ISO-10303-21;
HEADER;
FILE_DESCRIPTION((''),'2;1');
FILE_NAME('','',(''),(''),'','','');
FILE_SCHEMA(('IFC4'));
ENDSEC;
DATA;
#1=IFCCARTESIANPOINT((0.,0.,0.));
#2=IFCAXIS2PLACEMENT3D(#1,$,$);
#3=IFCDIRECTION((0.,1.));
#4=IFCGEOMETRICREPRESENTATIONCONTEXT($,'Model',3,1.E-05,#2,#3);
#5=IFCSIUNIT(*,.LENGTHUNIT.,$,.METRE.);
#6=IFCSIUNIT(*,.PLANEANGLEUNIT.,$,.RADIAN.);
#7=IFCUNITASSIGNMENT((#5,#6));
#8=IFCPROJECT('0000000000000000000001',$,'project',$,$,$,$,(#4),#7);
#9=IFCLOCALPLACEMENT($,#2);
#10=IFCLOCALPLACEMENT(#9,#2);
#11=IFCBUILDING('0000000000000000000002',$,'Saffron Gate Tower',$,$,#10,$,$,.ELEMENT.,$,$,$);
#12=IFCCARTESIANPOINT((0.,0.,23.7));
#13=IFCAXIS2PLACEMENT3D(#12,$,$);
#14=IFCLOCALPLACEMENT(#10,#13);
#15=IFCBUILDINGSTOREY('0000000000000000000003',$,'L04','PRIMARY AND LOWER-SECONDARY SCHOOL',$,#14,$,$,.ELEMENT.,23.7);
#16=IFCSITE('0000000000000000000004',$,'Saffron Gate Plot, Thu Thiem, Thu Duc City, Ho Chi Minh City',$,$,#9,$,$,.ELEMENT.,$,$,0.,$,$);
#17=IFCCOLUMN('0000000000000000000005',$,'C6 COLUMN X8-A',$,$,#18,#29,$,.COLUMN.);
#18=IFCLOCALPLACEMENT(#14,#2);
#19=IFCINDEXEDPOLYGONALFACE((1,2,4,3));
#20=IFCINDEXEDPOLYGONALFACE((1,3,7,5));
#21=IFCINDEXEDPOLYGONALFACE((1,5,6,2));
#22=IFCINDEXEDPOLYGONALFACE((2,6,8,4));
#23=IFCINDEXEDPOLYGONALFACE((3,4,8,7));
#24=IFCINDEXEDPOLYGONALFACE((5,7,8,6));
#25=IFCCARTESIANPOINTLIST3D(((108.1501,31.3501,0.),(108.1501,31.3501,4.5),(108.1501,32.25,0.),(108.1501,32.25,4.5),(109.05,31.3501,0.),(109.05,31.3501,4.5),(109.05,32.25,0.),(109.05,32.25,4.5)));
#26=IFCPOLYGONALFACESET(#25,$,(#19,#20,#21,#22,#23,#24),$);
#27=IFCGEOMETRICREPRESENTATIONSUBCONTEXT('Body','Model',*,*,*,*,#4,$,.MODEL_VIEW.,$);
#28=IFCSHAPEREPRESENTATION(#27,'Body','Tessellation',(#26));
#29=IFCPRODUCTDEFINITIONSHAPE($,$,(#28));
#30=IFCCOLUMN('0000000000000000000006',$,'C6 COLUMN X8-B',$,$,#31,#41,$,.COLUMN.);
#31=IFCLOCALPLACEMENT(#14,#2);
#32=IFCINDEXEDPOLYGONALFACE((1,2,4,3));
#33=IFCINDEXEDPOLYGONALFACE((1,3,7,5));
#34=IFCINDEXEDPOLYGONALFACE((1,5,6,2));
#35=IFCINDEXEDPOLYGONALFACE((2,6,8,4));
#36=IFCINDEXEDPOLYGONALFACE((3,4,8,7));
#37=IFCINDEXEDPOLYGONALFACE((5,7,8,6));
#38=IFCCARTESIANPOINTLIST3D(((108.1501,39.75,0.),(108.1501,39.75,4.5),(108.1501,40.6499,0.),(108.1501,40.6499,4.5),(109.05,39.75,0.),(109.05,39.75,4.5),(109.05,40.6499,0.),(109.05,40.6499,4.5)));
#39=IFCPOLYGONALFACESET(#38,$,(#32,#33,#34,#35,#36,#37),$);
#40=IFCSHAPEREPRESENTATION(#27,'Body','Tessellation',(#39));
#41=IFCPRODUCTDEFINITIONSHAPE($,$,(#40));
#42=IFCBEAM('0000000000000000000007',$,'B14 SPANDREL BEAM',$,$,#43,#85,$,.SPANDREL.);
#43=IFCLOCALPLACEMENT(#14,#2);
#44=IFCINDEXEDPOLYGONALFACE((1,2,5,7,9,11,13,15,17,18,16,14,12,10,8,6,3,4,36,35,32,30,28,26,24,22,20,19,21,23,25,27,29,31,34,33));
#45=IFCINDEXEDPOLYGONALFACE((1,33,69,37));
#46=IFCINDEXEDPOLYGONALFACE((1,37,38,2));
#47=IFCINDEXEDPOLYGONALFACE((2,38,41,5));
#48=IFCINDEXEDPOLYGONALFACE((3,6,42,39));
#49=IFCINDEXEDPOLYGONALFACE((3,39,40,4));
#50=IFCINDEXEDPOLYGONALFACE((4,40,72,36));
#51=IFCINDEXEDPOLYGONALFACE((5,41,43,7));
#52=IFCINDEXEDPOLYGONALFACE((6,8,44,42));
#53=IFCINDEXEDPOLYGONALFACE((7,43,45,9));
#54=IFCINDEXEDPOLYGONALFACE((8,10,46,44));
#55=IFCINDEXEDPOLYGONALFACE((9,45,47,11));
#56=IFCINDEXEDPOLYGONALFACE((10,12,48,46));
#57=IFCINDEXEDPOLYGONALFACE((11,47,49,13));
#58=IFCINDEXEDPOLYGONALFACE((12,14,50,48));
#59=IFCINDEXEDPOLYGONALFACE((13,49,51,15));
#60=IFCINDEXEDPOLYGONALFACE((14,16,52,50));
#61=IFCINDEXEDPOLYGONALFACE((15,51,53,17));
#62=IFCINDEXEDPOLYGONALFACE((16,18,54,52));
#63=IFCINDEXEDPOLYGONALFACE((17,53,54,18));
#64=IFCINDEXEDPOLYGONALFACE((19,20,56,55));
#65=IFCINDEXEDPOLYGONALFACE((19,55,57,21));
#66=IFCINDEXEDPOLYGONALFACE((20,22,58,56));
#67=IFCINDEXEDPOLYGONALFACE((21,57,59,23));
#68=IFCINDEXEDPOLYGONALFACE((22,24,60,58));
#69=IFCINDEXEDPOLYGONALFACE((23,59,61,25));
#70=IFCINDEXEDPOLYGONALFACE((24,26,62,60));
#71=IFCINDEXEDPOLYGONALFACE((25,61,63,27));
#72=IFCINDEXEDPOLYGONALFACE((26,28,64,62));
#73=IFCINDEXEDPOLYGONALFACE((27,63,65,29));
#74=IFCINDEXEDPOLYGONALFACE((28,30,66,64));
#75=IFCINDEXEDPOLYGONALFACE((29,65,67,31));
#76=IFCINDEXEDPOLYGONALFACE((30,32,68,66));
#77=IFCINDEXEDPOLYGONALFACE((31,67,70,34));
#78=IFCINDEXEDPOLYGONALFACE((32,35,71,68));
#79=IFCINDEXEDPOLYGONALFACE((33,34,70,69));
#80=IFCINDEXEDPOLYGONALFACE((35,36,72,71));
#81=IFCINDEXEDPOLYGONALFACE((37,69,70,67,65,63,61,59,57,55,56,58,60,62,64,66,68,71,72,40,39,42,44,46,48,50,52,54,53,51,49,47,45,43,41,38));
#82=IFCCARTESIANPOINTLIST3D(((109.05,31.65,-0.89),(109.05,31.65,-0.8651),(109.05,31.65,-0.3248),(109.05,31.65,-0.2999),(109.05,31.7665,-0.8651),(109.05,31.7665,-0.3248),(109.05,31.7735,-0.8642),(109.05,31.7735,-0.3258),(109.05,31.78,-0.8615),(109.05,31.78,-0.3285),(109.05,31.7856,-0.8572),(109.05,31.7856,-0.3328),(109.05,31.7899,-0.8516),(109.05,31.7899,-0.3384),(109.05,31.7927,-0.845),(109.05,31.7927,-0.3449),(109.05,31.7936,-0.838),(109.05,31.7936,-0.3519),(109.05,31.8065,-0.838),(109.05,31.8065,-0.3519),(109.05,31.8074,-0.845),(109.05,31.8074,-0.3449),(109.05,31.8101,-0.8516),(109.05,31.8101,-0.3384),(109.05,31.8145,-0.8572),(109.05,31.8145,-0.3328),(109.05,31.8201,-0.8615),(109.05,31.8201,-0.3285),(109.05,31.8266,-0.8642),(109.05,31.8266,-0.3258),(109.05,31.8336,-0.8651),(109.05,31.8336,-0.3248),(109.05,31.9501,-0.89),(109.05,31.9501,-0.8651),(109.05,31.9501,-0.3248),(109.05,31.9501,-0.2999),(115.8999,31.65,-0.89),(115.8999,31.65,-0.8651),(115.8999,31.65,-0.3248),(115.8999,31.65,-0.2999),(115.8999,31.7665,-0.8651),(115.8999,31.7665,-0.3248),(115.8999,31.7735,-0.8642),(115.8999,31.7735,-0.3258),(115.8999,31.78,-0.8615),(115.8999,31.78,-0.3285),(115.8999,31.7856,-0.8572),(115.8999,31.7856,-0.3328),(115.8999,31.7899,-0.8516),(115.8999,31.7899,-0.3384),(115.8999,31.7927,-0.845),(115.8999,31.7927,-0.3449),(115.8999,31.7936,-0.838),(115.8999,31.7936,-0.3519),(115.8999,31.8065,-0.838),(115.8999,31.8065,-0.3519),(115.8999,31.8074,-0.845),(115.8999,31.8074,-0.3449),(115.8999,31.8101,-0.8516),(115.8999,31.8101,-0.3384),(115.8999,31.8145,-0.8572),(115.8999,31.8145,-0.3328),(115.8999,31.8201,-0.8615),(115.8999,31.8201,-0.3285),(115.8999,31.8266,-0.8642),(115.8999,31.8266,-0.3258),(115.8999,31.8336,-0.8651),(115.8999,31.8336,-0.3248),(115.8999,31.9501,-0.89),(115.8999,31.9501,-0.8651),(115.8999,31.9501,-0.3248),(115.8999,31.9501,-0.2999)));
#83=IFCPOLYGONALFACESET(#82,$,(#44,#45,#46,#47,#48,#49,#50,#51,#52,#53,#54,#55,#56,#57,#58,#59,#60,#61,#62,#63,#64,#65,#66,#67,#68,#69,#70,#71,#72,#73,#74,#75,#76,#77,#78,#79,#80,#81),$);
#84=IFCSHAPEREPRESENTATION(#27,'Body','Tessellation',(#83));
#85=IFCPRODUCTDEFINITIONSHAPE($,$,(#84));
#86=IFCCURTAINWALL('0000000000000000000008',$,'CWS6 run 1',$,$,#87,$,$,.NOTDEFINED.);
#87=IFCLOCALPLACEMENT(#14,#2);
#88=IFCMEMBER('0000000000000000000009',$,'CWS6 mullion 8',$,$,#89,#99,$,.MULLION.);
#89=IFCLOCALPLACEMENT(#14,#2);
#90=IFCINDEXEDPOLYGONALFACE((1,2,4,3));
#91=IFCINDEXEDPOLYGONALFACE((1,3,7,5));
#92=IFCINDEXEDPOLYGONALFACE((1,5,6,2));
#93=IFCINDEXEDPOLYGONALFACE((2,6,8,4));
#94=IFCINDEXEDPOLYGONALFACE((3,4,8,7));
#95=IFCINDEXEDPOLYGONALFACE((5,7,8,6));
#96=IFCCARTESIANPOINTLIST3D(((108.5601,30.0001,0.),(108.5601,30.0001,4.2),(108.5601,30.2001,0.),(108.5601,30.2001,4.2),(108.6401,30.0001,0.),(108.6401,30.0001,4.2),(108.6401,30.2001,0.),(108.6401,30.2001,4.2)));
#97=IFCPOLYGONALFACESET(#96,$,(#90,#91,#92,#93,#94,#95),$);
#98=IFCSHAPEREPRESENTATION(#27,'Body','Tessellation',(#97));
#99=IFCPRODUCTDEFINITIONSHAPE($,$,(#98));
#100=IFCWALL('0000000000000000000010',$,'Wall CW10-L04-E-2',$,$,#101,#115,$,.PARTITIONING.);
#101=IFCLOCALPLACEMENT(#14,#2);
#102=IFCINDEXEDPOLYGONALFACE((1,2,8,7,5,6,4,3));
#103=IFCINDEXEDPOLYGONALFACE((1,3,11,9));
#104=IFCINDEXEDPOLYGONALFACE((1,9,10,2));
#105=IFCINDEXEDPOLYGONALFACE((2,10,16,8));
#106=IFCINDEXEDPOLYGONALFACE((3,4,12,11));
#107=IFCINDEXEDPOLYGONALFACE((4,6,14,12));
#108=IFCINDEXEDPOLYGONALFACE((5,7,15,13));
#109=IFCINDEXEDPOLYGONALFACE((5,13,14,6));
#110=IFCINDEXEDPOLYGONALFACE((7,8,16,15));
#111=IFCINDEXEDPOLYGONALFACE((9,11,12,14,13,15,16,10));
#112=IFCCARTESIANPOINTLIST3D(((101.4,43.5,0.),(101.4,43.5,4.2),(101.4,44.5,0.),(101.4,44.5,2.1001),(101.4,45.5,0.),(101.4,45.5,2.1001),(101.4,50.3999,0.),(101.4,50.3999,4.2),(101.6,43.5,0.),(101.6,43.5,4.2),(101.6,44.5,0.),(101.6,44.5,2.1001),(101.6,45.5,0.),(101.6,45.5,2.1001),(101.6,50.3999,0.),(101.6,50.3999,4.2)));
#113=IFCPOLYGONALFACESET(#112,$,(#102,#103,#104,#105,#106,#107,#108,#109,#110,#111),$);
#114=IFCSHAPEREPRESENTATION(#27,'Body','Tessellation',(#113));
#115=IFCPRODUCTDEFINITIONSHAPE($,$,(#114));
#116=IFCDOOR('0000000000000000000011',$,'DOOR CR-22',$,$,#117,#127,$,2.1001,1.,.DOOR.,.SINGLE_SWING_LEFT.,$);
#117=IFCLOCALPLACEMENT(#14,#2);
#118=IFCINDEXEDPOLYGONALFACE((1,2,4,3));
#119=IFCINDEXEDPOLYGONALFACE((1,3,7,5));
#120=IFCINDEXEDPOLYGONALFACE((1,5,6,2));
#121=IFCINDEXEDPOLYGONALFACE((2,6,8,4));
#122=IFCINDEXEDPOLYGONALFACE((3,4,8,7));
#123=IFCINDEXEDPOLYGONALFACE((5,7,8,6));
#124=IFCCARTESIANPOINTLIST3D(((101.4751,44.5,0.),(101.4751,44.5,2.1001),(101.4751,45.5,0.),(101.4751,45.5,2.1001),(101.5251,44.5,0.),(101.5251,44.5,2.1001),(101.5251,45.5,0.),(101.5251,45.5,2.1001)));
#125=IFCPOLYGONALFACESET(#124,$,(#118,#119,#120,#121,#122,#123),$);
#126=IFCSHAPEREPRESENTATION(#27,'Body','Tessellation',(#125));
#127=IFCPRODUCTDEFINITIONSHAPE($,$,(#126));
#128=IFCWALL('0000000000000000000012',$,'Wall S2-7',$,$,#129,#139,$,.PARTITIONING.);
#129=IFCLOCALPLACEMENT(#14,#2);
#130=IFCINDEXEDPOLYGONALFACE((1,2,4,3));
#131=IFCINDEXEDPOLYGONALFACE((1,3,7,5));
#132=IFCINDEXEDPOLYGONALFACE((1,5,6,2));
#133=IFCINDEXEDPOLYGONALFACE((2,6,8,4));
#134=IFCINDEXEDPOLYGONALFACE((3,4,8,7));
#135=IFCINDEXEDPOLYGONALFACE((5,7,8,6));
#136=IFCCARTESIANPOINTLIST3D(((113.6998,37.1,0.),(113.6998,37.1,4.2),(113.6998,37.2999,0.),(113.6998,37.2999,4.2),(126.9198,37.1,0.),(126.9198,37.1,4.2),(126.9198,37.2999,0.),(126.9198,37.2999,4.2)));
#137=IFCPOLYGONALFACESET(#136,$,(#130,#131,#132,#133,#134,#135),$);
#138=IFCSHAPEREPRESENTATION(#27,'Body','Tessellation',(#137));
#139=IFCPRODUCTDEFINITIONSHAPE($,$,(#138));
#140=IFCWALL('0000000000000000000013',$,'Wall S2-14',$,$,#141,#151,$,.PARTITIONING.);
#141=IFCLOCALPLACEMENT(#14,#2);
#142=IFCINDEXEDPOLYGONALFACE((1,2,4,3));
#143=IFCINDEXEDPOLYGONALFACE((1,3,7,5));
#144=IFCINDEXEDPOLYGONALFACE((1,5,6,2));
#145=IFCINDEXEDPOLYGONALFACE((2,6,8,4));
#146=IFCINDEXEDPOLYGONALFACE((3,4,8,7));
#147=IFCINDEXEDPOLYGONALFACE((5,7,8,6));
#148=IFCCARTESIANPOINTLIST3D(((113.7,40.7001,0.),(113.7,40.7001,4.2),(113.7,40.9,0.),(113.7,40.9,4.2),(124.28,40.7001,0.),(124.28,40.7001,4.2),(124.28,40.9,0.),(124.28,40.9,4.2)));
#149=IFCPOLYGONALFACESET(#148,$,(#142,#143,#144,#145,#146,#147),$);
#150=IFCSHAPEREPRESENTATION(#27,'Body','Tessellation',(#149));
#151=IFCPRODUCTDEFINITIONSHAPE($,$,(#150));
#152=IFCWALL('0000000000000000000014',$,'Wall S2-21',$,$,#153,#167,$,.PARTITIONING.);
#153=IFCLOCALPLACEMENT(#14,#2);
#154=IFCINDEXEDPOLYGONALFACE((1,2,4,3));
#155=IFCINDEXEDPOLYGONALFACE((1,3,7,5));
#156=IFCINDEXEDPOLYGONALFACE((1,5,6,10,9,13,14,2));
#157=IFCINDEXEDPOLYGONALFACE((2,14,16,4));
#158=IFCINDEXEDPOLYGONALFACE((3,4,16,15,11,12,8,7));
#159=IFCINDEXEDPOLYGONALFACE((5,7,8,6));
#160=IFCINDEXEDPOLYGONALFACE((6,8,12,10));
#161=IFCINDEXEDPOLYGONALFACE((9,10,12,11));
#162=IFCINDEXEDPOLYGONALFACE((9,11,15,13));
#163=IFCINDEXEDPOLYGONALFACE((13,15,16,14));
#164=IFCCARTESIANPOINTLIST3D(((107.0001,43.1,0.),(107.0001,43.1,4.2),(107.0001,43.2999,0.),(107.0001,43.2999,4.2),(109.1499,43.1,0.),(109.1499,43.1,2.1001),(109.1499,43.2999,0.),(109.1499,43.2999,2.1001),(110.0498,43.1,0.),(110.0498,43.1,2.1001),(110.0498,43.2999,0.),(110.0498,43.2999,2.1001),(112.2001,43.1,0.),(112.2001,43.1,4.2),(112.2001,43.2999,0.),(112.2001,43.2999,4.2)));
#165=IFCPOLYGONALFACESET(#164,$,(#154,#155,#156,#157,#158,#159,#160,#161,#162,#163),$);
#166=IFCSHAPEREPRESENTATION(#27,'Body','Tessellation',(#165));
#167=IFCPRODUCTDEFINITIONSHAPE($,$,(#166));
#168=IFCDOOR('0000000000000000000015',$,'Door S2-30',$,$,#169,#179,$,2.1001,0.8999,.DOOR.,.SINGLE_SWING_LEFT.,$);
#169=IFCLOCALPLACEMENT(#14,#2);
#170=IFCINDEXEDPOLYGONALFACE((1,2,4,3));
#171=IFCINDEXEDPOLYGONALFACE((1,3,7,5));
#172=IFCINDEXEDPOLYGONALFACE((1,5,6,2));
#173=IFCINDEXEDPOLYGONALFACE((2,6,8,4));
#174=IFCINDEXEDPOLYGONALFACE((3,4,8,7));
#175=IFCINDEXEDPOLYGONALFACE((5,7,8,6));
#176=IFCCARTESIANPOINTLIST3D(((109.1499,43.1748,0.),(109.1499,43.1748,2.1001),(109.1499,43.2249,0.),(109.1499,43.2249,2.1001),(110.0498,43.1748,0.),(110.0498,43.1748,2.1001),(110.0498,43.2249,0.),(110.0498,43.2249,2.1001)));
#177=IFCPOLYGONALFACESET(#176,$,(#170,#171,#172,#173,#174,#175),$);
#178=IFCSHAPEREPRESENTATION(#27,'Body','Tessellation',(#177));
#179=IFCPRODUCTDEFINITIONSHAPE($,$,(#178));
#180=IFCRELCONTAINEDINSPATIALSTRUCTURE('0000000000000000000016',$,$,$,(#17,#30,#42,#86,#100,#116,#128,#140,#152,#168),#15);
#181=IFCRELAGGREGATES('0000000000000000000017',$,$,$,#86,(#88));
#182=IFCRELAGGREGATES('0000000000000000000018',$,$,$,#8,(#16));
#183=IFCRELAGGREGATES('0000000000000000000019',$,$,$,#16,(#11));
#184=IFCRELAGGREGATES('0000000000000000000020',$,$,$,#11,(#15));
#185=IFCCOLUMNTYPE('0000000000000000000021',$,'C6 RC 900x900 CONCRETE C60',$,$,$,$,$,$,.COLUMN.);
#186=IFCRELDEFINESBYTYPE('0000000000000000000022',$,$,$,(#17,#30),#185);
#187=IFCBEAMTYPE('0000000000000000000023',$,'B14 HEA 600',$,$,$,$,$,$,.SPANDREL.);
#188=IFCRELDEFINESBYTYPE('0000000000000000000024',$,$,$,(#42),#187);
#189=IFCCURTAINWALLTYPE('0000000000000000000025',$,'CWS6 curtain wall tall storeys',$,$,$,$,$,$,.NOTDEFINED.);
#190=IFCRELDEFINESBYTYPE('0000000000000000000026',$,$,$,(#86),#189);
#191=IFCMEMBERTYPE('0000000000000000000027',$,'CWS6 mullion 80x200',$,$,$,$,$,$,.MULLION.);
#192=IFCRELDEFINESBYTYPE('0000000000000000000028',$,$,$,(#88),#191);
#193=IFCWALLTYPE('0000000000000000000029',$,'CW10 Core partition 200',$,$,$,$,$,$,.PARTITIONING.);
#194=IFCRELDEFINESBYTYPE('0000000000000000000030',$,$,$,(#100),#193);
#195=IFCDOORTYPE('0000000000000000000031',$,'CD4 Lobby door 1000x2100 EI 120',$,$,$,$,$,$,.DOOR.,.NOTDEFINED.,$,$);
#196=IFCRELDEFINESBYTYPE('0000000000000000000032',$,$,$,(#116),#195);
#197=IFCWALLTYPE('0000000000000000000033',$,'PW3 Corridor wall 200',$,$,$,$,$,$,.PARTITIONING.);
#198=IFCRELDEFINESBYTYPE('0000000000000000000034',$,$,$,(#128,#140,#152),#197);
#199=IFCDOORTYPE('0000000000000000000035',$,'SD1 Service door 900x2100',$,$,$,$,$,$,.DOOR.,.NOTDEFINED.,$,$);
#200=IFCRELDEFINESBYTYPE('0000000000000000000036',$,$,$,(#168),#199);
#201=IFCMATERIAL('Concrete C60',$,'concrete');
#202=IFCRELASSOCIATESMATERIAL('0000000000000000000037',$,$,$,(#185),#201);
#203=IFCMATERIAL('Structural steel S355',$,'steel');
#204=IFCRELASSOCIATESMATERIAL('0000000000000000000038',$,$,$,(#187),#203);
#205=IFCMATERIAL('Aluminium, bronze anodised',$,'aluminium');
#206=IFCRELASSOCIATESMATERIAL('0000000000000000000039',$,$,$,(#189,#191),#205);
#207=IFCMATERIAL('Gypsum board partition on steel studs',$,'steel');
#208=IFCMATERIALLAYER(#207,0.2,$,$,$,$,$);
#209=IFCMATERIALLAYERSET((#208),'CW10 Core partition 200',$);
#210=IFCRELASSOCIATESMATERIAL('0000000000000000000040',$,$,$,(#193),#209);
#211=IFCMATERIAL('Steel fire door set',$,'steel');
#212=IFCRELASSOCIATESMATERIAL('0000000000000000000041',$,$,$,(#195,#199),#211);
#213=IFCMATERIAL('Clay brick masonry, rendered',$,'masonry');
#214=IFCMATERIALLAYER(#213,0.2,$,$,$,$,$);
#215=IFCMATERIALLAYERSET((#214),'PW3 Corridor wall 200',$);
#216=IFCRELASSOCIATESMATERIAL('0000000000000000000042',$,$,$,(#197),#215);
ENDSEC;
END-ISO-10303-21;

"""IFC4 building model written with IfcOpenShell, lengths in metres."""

from ifc_helpers import new_model, si_unit, direction, frame, frame_2d, origin, origin_2d, place, context, subcontext, project, spatial, rectangle, i_section, extrude, material, layer, layer_set, material_profile, profile_set, type_object, element, fill, aggregate, save


model = new_model("IFC4")

# Units and contexts
model_context = context("Model", 3, precision=1e-05, world=origin(), true_north=direction((0.0, 1.0)))
body_context = subcontext(model_context, "Body", "Model", "MODEL_VIEW")
ifc_project = project(units=[si_unit("LENGTHUNIT", "METRE"), si_unit("PLANEANGLEUNIT", "RADIAN")], contexts=[model_context])

# Site, building, storey
site_placement = place(None, origin())
site = spatial("IfcSite", under=ifc_project, at=site_placement, Name="Saffron Gate Plot, Thu Thiem, Thu Duc City, Ho Chi Minh City", CompositionType="ELEMENT", RefElevation=0.0)
building_placement = place(site_placement, origin())
building = spatial("IfcBuilding", under=site, at=building_placement, Name="Saffron Gate Tower", CompositionType="ELEMENT")
storey_placement = place(building_placement, frame((0.0, 0.0, 23.7)))
storey = spatial("IfcBuildingStorey", under=building, at=storey_placement, Name="L04", Description="PRIMARY AND LOWER-SECONDARY SCHOOL", CompositionType="ELEMENT", Elevation=23.7)

# Columns
ifc_material_1 = material(Name="Concrete C60", Category="concrete")
ifc_material_profile_1 = material_profile(ifc_material_1, rectangle(XDim=0.8999, YDim=0.8999, at=origin_2d()))
ifc_profile_set_1 = profile_set([ifc_material_profile_1], Name="Concrete C60")
column_type = type_object("IfcColumnType", Name="C6 RC 900x900 CONCRETE C60", PredefinedType="COLUMN", material=ifc_profile_set_1)
for number, where, z_axis, x_axis, name in (
    (1, (108.6001, 31.8, 0.0), (0.0, 0.0, 1.0), (1.0, 0.0, 0.0), "C6 COLUMN X8-A"),
    (2, (108.6001, 40.2, 0.0), (0.0, 0.0, 1.0), (1.0, 0.0, 0.0), "C6 COLUMN X8-B"),
):
    element("IfcColumn", number, at=place(storey_placement, frame(where, z_axis=z_axis, x_axis=x_axis)), inside=storey, type_object=column_type, Name=name, PredefinedType="COLUMN", context=body_context, shape_type="SweptSolid", body=[
        extrude(rectangle(XDim=0.8999, YDim=0.8999, at=origin_2d()), origin(), (0.0, 0.0, 1.0), 4.5),
    ])

# Beam
ifc_material_2 = material(Name="Structural steel S355", Category="steel")
ifc_material_profile_2 = material_profile(ifc_material_2, i_section(OverallWidth=0.3, OverallDepth=0.5901, WebThickness=0.0129, FlangeThickness=0.0249, FilletRadius=0.0271, at=origin_2d()))
ifc_profile_set_2 = profile_set([ifc_material_profile_2], Name="Structural steel S355")
beam_type = type_object("IfcBeamType", Name="B14 HEA 600", PredefinedType="SPANDREL", material=ifc_profile_set_2)
beam_placement = place(storey_placement, frame((109.05, 31.8, -0.595), z_axis=(1.0, 0.0, 0.0), x_axis=(0.0, 1.0, 0.0)))
element("IfcBeam", 3, at=beam_placement, inside=storey, type_object=beam_type, Name="B14 SPANDREL BEAM", PredefinedType="SPANDREL", context=body_context, shape_type="SweptSolid", body=[
    extrude(i_section(OverallWidth=0.3, OverallDepth=0.5901, WebThickness=0.0129, FlangeThickness=0.0249, FilletRadius=0.0271, at=origin_2d()), origin(), (0.0, 0.0, 1.0), 6.8499),
])

# Curtain wall, member
ifc_material_3 = material(Name="Aluminium, bronze anodised", Category="aluminium")
curtain_wall_type = type_object("IfcCurtainWallType", Name="CWS6 curtain wall tall storeys", PredefinedType="NOTDEFINED", material=ifc_material_3)
curtain_wall_placement = place(storey_placement, origin())
curtain_wall = element("IfcCurtainWall", 4, at=curtain_wall_placement, inside=storey, type_object=curtain_wall_type, Name="CWS6 run 1", PredefinedType="NOTDEFINED")
ifc_material_profile_3 = material_profile(ifc_material_3, rectangle(XDim=0.2, YDim=0.0801, at=origin_2d()))
ifc_profile_set_3 = profile_set([ifc_material_profile_3], Name="Aluminium, bronze anodised")
member_type = type_object("IfcMemberType", Name="CWS6 mullion 80x200", PredefinedType="MULLION", material=ifc_profile_set_3)
member_placement = place(storey_placement, frame((108.6001, 30.1001, 0.0), z_axis=(0.0, 0.0, 1.0), x_axis=(0.0, 1.0, 0.0)))
member = element("IfcMember", 5, at=member_placement, type_object=member_type, Name="CWS6 mullion 8", PredefinedType="MULLION", context=body_context, shape_type="SweptSolid", body=[
    extrude(rectangle(XDim=0.2, YDim=0.0801, at=origin_2d()), origin(), (0.0, 0.0, 1.0), 4.2),
])
aggregate(curtain_wall, [member])

# Wall, opening, door
ifc_material_4 = material(Name="Gypsum board partition on steel studs", Category="steel")
ifc_layer_1 = layer(ifc_material_4, 0.2)
ifc_layer_set_1 = layer_set([ifc_layer_1], Name="CW10 Core partition 200")
wall_type_1 = type_object("IfcWallType", Name="CW10 Core partition 200", PredefinedType="PARTITIONING", material=ifc_layer_set_1)
wall_1_placement = place(storey_placement, frame((101.5, 43.5, 0.0), z_axis=(0.0, 0.0, 1.0), x_axis=(0.0, 1.0, 0.0)))
wall_1 = element("IfcWall", 6, at=wall_1_placement, inside=storey, type_object=wall_type_1, Name="Wall CW10-L04-E-2", PredefinedType="PARTITIONING", context=body_context, shape_type="SweptSolid", body=[
    extrude(rectangle(XDim=6.8999, YDim=0.2, at=frame_2d((3.45, 0.0))), origin(), (0.0, 0.0, 1.0), 4.2),
])
opening_1_placement = place(wall_1_placement, frame((1.0, 0.0, 0.0)))
opening_1 = element("IfcOpeningElement", 7, at=opening_1_placement, cuts=wall_1, PredefinedType="OPENING", context=body_context, shape_type="SweptSolid", body=[
    extrude(rectangle(XDim=1.0, YDim=2.1001, at=frame_2d((0.5, 1.05))), frame((0.0, 0.1099, 0.0), z_axis=(0.0, -1.0, 0.0), x_axis=(1.0, 0.0, 0.0)), (0.0, 0.0, 1.0), 0.22),
])
ifc_material_5 = material(Name="Steel fire door set", Category="steel")
door_type_1 = type_object("IfcDoorType", Name="CD4 Lobby door 1000x2100 EI 120", OperationType="NOTDEFINED", PredefinedType="DOOR", material=ifc_material_5)
door_1_placement = place(opening_1_placement, origin())
door_1 = element("IfcDoor", 8, at=door_1_placement, inside=storey, type_object=door_type_1, Name="DOOR CR-22", OperationType="SINGLE_SWING_LEFT", OverallHeight=2.1001, OverallWidth=1.0, PredefinedType="DOOR", context=body_context, shape_type="SweptSolid", body=[
    extrude(rectangle(XDim=1.0, YDim=2.1001, at=frame_2d((0.5, 1.05))), frame((0.0, 0.0249, 0.0), z_axis=(0.0, -1.0, 0.0), x_axis=(1.0, 0.0, 0.0)), (0.0, 0.0, 1.0), 0.05),
])
fill(opening_1, door_1)

# Walls
ifc_material_6 = material(Name="Clay brick masonry, rendered", Category="masonry")
ifc_layer_2 = layer(ifc_material_6, 0.2)
ifc_layer_set_2 = layer_set([ifc_layer_2], Name="PW3 Corridor wall 200")
wall_type_2 = type_object("IfcWallType", Name="PW3 Corridor wall 200", PredefinedType="PARTITIONING", material=ifc_layer_set_2)
wall_2_placement = place(storey_placement, frame((113.7, 37.2, 0.0), z_axis=(0.0, 0.0, 1.0), x_axis=(1.0, 0.0, 0.0)))
element("IfcWall", 9, at=wall_2_placement, inside=storey, type_object=wall_type_2, Name="Wall S2-7", PredefinedType="PARTITIONING", context=body_context, shape_type="SweptSolid", body=[
    extrude(rectangle(XDim=13.22, YDim=0.2, at=frame_2d((6.6099, 0.0))), origin(), (0.0, 0.0, 1.0), 4.2),
])
wall_3_placement = place(storey_placement, frame((113.7, 40.8, 0.0), z_axis=(0.0, 0.0, 1.0), x_axis=(1.0, 0.0, 0.0)))
element("IfcWall", 10, at=wall_3_placement, inside=storey, type_object=wall_type_2, Name="Wall S2-14", PredefinedType="PARTITIONING", context=body_context, shape_type="SweptSolid", body=[
    extrude(rectangle(XDim=10.5801, YDim=0.2, at=frame_2d((5.29, 0.0))), origin(), (0.0, 0.0, 1.0), 4.2),
])

# Wall, opening, door
wall_4_placement = place(storey_placement, frame((107.0, 43.2, 0.0), z_axis=(0.0, 0.0, 1.0), x_axis=(1.0, 0.0, 0.0)))
wall_4 = element("IfcWall", 11, at=wall_4_placement, inside=storey, type_object=wall_type_2, Name="Wall S2-21", PredefinedType="PARTITIONING", context=body_context, shape_type="SweptSolid", body=[
    extrude(rectangle(XDim=5.2, YDim=0.2, at=frame_2d((2.6001, 0.0))), origin(), (0.0, 0.0, 1.0), 4.2),
])
opening_2_placement = place(wall_4_placement, frame((2.1499, 0.0, 0.0)))
opening_2 = element("IfcOpeningElement", 12, at=opening_2_placement, cuts=wall_4, PredefinedType="OPENING", context=body_context, shape_type="SweptSolid", body=[
    extrude(rectangle(XDim=0.8999, YDim=2.1001, at=frame_2d((0.45, 1.05))), frame((0.0, 0.1099, 0.0), z_axis=(0.0, -1.0, 0.0), x_axis=(1.0, 0.0, 0.0)), (0.0, 0.0, 1.0), 0.22),
])
door_type_2 = type_object("IfcDoorType", Name="SD1 Service door 900x2100", OperationType="NOTDEFINED", PredefinedType="DOOR", material=ifc_material_5)
door_2_placement = place(opening_2_placement, origin())
door_2 = element("IfcDoor", 13, at=door_2_placement, inside=storey, type_object=door_type_2, Name="Door S2-30", OperationType="SINGLE_SWING_LEFT", OverallHeight=2.1001, OverallWidth=0.8999, PredefinedType="DOOR", context=body_context, shape_type="SweptSolid", body=[
    extrude(rectangle(XDim=0.8999, YDim=2.1001, at=frame_2d((0.45, 1.05))), frame((0.0, 0.0249, 0.0), z_axis=(0.0, -1.0, 0.0), x_axis=(1.0, 0.0, 0.0)), (0.0, 0.0, 1.0), 0.05),
])
fill(opening_2, door_2)

save(model, "model.ifc")
